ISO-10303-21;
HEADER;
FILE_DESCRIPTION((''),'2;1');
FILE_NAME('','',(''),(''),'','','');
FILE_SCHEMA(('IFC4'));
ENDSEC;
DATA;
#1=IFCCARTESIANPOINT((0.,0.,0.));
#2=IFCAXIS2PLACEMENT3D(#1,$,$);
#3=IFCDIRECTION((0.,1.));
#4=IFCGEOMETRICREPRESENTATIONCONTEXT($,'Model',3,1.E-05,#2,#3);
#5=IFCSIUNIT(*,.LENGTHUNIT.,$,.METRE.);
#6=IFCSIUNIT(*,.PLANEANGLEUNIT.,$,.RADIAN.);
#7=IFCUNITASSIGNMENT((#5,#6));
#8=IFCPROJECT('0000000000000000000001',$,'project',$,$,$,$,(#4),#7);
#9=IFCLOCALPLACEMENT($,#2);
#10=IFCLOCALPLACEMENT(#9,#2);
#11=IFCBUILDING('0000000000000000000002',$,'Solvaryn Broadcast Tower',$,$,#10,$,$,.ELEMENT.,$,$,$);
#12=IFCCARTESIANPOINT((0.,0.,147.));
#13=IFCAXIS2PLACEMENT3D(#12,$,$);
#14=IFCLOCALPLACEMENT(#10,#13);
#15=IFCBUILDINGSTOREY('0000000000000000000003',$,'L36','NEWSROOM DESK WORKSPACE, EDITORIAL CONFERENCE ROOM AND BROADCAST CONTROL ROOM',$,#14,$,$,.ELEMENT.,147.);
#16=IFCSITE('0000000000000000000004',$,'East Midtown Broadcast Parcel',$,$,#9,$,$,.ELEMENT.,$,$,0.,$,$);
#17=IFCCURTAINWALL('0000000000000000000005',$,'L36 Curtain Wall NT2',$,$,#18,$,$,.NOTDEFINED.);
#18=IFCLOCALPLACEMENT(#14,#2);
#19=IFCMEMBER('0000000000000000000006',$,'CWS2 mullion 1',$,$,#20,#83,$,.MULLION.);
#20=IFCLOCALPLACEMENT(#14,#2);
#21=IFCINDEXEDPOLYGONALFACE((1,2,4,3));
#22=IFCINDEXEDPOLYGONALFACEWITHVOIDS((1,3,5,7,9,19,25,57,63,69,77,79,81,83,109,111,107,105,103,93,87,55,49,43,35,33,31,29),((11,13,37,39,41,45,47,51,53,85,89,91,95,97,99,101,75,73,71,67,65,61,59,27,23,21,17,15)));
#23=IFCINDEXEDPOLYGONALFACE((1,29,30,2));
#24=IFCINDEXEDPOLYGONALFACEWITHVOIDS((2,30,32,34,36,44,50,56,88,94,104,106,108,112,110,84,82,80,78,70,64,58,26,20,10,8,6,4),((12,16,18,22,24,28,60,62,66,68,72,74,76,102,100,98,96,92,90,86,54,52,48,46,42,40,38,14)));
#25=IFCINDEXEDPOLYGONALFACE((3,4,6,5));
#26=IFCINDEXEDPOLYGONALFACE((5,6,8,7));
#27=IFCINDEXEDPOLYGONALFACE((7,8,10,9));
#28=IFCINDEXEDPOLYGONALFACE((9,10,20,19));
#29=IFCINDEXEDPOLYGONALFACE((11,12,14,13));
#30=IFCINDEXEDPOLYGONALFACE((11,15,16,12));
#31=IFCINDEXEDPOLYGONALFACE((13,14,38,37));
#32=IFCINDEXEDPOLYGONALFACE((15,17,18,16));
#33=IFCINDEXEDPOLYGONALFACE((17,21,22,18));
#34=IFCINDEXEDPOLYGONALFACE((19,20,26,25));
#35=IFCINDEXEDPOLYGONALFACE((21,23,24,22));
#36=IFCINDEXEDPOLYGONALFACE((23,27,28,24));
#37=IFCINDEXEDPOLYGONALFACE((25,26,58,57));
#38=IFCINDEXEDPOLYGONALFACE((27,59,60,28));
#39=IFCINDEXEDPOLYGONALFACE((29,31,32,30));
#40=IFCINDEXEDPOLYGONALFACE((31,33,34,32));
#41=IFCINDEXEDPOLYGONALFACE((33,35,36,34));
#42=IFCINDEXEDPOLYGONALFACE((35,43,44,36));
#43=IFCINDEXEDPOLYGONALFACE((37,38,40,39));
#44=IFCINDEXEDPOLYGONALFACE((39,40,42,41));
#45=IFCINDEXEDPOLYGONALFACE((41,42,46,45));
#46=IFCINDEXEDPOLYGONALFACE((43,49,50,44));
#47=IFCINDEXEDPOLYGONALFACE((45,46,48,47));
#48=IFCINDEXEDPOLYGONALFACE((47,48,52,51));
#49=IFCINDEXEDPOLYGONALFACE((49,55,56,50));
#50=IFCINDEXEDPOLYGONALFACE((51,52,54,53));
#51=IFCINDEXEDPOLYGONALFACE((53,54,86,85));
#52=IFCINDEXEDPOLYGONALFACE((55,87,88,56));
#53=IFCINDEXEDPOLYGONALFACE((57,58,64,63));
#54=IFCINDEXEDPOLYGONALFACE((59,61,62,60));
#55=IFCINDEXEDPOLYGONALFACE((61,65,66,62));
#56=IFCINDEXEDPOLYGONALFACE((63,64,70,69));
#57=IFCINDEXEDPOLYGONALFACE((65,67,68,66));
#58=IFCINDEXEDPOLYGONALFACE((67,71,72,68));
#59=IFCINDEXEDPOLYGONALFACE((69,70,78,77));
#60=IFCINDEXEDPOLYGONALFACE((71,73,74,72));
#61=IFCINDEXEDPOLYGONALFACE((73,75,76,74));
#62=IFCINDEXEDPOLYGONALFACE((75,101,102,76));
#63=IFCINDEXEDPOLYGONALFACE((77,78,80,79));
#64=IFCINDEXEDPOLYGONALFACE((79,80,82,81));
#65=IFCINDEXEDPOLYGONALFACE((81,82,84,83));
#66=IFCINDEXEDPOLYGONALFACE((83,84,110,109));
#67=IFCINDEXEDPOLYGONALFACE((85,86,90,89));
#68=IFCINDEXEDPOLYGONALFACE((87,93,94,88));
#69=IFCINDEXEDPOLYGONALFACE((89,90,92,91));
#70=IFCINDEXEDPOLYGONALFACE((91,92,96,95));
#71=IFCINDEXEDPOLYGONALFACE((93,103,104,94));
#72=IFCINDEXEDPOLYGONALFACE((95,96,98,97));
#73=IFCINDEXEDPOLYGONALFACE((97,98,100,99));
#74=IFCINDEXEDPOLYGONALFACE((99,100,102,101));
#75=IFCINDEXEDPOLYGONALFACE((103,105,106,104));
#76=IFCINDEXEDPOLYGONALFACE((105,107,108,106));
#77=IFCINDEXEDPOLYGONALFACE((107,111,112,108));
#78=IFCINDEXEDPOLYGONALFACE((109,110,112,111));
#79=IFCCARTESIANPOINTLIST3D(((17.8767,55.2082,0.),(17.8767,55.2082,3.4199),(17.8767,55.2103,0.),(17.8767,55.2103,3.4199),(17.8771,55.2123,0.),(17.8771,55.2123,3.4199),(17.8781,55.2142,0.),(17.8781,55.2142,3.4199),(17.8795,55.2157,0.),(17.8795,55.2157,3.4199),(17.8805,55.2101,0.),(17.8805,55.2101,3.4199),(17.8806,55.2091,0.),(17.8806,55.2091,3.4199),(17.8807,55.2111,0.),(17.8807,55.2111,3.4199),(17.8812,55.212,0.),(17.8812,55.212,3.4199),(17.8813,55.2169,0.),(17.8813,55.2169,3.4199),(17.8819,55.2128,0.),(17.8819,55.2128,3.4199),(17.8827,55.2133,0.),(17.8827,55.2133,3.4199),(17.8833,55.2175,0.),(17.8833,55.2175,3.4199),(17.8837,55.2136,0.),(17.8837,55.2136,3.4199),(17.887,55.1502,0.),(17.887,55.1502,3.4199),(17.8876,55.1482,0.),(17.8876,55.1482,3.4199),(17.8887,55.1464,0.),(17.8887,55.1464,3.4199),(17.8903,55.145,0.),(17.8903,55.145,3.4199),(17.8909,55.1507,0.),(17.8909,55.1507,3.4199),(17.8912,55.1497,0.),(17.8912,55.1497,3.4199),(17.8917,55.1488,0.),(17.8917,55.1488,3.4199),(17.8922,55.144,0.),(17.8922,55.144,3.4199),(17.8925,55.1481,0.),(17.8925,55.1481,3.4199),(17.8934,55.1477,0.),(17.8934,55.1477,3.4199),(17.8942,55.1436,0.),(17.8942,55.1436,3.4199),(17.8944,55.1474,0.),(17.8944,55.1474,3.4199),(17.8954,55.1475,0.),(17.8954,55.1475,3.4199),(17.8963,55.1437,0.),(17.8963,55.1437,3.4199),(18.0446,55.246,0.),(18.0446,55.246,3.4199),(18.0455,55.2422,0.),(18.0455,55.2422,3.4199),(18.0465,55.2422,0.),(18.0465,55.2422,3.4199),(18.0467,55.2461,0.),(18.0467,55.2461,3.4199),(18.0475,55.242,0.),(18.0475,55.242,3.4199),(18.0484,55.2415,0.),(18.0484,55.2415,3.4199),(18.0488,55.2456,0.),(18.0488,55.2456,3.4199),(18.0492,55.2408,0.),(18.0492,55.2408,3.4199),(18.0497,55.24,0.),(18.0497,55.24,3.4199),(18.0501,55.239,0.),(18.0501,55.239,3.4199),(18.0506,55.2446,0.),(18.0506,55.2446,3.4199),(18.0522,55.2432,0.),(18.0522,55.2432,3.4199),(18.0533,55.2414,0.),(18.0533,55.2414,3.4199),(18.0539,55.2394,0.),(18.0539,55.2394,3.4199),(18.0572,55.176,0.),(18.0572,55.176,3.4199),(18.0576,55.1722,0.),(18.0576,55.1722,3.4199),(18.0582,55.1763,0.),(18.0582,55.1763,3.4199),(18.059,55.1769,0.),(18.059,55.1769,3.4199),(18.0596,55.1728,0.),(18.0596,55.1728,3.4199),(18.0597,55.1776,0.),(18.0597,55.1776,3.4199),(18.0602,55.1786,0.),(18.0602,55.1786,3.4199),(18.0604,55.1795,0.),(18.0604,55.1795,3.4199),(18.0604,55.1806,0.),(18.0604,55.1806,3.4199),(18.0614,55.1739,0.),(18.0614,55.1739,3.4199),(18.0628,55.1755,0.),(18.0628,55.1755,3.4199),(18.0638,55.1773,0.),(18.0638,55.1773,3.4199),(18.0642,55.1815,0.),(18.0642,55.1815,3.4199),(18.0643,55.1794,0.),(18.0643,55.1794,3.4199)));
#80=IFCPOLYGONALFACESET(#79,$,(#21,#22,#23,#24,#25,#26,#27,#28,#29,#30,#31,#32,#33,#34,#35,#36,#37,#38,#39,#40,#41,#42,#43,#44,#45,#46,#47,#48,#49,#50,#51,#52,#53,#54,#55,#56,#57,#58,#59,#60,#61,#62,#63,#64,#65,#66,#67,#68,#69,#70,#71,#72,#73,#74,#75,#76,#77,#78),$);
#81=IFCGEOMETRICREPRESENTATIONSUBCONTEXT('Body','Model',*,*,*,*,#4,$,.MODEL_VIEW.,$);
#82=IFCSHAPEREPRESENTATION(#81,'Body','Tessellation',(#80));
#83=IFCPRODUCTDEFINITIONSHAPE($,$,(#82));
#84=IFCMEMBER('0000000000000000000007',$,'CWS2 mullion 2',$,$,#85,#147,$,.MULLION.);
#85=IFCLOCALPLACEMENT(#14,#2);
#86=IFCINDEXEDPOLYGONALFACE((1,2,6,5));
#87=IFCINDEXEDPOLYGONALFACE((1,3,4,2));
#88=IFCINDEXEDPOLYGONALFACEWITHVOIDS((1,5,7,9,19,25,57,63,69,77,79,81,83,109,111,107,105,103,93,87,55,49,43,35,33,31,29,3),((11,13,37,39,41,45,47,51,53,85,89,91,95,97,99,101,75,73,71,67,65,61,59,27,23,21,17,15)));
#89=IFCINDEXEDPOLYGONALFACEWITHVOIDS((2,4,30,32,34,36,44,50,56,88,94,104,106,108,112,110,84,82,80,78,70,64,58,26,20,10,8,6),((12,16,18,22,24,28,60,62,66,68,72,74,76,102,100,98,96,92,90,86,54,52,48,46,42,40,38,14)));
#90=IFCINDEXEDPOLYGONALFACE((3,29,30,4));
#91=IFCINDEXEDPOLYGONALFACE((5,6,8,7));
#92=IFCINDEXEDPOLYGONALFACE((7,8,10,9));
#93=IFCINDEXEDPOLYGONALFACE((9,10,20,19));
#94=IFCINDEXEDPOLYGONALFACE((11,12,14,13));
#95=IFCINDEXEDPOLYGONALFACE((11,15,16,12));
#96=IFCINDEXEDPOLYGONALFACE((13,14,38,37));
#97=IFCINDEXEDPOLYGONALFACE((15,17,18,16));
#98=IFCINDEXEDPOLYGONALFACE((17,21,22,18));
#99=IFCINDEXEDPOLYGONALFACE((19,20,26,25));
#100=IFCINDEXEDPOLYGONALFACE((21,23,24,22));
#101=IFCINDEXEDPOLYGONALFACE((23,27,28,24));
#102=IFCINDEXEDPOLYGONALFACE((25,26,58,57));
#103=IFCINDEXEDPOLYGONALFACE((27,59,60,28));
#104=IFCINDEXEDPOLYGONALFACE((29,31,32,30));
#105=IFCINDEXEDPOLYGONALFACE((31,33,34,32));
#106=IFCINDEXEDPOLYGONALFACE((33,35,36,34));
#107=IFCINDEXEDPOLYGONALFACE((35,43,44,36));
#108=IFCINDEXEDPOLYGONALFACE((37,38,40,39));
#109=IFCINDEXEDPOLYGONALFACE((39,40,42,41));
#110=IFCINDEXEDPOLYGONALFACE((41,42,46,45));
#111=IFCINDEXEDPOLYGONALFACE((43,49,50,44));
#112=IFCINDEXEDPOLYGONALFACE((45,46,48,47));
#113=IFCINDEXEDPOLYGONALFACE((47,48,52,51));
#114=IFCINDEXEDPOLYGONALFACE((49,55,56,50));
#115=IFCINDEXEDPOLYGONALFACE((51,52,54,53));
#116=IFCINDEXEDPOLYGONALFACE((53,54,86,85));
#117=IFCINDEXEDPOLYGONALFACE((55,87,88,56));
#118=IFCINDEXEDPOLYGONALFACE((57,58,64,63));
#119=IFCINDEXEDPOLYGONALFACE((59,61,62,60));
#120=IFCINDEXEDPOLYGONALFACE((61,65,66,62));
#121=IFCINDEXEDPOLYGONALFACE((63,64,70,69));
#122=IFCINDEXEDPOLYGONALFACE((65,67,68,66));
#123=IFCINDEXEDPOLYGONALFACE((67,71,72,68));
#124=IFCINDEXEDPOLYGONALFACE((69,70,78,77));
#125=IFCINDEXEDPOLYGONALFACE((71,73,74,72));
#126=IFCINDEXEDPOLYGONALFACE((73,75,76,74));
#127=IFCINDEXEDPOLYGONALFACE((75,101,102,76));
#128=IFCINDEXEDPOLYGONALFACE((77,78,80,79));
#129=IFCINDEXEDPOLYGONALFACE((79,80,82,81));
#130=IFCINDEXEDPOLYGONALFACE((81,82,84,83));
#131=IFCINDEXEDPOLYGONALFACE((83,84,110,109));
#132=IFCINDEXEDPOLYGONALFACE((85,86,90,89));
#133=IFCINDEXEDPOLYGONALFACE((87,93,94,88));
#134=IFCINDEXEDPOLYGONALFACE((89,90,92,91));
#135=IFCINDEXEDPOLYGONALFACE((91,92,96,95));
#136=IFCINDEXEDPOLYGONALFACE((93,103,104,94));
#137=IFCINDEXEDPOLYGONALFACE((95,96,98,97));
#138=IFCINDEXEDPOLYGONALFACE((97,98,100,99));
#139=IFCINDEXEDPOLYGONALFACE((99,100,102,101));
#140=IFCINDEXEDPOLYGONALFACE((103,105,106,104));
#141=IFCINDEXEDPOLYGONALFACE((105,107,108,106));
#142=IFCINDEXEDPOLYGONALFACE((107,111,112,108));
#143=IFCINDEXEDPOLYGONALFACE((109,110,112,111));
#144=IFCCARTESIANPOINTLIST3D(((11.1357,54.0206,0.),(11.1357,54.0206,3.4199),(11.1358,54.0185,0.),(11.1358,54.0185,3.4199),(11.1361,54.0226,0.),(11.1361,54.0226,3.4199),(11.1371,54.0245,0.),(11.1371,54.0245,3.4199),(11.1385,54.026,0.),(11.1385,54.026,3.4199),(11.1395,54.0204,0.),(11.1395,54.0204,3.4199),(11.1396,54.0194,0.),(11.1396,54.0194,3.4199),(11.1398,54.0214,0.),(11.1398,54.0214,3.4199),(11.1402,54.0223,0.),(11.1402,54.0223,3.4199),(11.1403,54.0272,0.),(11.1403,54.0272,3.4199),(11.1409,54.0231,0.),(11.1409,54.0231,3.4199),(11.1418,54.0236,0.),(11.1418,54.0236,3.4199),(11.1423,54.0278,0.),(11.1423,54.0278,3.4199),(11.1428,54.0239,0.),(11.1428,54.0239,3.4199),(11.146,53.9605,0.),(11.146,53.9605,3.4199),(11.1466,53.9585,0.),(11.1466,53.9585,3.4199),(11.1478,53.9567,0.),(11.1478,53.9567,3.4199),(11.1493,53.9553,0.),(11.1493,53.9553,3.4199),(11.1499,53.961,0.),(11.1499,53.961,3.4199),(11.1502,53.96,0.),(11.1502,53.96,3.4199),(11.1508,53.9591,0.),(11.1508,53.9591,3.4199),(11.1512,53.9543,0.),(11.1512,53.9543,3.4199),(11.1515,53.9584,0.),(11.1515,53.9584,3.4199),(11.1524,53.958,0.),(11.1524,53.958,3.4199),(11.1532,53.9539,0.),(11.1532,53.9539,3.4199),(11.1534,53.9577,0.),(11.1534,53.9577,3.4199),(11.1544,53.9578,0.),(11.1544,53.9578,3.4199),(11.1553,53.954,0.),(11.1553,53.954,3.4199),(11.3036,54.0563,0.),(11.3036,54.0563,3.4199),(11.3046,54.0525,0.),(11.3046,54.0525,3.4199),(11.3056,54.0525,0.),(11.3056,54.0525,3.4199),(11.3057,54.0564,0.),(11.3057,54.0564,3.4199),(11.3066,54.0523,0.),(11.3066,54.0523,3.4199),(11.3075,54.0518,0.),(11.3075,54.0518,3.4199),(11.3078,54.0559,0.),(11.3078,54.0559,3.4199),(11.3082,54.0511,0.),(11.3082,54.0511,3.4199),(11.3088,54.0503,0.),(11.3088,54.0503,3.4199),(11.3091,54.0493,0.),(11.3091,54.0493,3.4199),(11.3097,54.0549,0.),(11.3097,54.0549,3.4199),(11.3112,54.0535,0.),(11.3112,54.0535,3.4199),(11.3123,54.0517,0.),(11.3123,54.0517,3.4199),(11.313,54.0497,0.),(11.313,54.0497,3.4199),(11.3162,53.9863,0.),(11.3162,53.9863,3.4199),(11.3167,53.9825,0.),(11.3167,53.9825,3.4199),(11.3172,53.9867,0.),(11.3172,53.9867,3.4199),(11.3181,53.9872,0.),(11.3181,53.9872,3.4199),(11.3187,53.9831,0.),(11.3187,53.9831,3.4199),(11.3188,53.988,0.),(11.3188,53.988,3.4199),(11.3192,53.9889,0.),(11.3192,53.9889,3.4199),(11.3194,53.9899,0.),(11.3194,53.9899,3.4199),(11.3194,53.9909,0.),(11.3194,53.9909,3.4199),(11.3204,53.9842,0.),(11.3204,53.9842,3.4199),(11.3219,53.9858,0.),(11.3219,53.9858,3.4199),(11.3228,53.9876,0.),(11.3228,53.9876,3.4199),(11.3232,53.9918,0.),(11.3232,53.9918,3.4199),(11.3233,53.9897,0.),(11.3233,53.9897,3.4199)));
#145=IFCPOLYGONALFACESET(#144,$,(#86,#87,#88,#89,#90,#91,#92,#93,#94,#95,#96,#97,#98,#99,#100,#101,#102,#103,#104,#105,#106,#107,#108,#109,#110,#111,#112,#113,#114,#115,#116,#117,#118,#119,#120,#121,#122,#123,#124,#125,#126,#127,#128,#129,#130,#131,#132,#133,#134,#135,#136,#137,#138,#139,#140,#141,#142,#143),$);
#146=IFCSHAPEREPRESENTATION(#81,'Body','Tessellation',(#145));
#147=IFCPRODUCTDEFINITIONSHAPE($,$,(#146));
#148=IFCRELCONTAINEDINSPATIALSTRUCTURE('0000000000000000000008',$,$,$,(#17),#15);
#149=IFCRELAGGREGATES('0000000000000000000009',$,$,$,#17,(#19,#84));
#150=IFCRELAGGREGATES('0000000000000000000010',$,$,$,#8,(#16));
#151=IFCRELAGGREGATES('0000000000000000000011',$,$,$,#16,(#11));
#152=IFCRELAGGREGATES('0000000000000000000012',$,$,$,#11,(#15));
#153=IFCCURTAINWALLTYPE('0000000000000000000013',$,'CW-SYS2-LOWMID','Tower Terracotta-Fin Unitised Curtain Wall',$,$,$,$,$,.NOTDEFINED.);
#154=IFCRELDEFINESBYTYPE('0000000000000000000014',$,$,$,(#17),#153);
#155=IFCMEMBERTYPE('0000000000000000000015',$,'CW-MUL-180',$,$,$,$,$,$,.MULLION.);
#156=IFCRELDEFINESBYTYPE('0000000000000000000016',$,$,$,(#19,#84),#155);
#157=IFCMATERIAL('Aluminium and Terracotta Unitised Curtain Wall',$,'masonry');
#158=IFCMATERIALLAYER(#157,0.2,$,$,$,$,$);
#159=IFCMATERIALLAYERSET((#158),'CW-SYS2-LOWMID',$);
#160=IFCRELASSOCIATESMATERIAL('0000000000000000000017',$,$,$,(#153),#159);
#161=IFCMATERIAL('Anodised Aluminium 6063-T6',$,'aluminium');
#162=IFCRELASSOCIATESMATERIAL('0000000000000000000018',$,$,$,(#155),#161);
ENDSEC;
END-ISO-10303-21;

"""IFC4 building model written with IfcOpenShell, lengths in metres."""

from ifc_helpers import new_model, si_unit, direction, frame, origin, origin_2d, place, context, subcontext, project, spatial, hollow_rectangle, extrude, material, layer, layer_set, material_profile, profile_set, type_object, element, aggregate, save


model = new_model("IFC4")

# Units and contexts
model_context = context("Model", 3, precision=1e-05, world=origin(), true_north=direction((0.0, 1.0)))
body_context = subcontext(model_context, "Body", "Model", "MODEL_VIEW")
ifc_project = project(units=[si_unit("LENGTHUNIT", "METRE"), si_unit("PLANEANGLEUNIT", "RADIAN")], contexts=[model_context])

# Site, building, storey
site_placement = place(None, origin())
site = spatial("IfcSite", under=ifc_project, at=site_placement, Name="East Midtown Broadcast Parcel", CompositionType="ELEMENT", RefElevation=0.0)
building_placement = place(site_placement, origin())
building = spatial("IfcBuilding", under=site, at=building_placement, Name="Solvaryn Broadcast Tower", CompositionType="ELEMENT")
storey_placement = place(building_placement, frame((0.0, 0.0, 147.0)))
storey = spatial("IfcBuildingStorey", under=building, at=storey_placement, Name="L36", Description="NEWSROOM DESK WORKSPACE, EDITORIAL CONFERENCE ROOM AND BROADCAST CONTROL ROOM", CompositionType="ELEMENT", Elevation=147.0)

# Shared definitions
ifc_material_1 = material(Name="Aluminium and Terracotta Unitised Curtain Wall", Category="masonry")
ifc_layer_1 = layer(ifc_material_1, 0.2)
ifc_layer_set_1 = layer_set([ifc_layer_1], Name="CW-SYS2-LOWMID")
curtain_wall_type = type_object("IfcCurtainWallType", Name="CW-SYS2-LOWMID", Description="Tower Terracotta-Fin Unitised Curtain Wall", PredefinedType="NOTDEFINED", material=ifc_layer_set_1)
ifc_material_2 = material(Name="Anodised Aluminium 6063-T6", Category="aluminium")
ifc_material_profile_1 = material_profile(ifc_material_2, hollow_rectangle(XDim=0.075, YDim=0.1799, WallThickness=0.0039, InnerFilletRadius=0.0039, OuterFilletRadius=0.0081, at=origin_2d()))
ifc_profile_set_1 = profile_set([ifc_material_profile_1], Name="Anodised Aluminium 6063-T6")
member_type_1 = type_object("IfcMemberType", Name="CW-MUL-180", PredefinedType="MULLION", material=ifc_profile_set_1)

# Curtain wall, members
curtain_wall_1_placement = place(storey_placement, origin())
curtain_wall_1 = element("IfcCurtainWall", 1, at=curtain_wall_1_placement, inside=storey, type_object=curtain_wall_type, Name="L36 Curtain Wall NT2", PredefinedType="NOTDEFINED")
member_1_placement = place(storey_placement, frame((17.9705, 55.1948, 0.0), z_axis=(0.0, 0.0, 1.0), x_axis=(0.173785, -0.984784, 0.0)))
member_1 = element("IfcMember", 2, at=member_1_placement, type_object=member_type_1, Name="CWS2 mullion 1", PredefinedType="MULLION", context=body_context, shape_type="SweptSolid", body=[
    extrude(hollow_rectangle(XDim=0.075, YDim=0.1799, WallThickness=0.0039, InnerFilletRadius=0.0039, OuterFilletRadius=0.0081, at=origin_2d()), origin(), (0.0, 0.0, 1.0), 3.4199),
])
member_2_placement = place(storey_placement, frame((11.2295, 54.0051, 0.0), z_axis=(0.0, 0.0, 1.0), x_axis=(0.173785, -0.984784, 0.0)))
member_2 = element("IfcMember", 3, at=member_2_placement, type_object=member_type_1, Name="CWS2 mullion 2", PredefinedType="MULLION", context=body_context, shape_type="SweptSolid", body=[
    extrude(hollow_rectangle(XDim=0.075, YDim=0.1799, WallThickness=0.0039, InnerFilletRadius=0.0039, OuterFilletRadius=0.0081, at=origin_2d()), origin(), (0.0, 0.0, 1.0), 3.4199),
])

aggregate(curtain_wall_1, [member_1, member_2])

save(model, "model.ifc")
